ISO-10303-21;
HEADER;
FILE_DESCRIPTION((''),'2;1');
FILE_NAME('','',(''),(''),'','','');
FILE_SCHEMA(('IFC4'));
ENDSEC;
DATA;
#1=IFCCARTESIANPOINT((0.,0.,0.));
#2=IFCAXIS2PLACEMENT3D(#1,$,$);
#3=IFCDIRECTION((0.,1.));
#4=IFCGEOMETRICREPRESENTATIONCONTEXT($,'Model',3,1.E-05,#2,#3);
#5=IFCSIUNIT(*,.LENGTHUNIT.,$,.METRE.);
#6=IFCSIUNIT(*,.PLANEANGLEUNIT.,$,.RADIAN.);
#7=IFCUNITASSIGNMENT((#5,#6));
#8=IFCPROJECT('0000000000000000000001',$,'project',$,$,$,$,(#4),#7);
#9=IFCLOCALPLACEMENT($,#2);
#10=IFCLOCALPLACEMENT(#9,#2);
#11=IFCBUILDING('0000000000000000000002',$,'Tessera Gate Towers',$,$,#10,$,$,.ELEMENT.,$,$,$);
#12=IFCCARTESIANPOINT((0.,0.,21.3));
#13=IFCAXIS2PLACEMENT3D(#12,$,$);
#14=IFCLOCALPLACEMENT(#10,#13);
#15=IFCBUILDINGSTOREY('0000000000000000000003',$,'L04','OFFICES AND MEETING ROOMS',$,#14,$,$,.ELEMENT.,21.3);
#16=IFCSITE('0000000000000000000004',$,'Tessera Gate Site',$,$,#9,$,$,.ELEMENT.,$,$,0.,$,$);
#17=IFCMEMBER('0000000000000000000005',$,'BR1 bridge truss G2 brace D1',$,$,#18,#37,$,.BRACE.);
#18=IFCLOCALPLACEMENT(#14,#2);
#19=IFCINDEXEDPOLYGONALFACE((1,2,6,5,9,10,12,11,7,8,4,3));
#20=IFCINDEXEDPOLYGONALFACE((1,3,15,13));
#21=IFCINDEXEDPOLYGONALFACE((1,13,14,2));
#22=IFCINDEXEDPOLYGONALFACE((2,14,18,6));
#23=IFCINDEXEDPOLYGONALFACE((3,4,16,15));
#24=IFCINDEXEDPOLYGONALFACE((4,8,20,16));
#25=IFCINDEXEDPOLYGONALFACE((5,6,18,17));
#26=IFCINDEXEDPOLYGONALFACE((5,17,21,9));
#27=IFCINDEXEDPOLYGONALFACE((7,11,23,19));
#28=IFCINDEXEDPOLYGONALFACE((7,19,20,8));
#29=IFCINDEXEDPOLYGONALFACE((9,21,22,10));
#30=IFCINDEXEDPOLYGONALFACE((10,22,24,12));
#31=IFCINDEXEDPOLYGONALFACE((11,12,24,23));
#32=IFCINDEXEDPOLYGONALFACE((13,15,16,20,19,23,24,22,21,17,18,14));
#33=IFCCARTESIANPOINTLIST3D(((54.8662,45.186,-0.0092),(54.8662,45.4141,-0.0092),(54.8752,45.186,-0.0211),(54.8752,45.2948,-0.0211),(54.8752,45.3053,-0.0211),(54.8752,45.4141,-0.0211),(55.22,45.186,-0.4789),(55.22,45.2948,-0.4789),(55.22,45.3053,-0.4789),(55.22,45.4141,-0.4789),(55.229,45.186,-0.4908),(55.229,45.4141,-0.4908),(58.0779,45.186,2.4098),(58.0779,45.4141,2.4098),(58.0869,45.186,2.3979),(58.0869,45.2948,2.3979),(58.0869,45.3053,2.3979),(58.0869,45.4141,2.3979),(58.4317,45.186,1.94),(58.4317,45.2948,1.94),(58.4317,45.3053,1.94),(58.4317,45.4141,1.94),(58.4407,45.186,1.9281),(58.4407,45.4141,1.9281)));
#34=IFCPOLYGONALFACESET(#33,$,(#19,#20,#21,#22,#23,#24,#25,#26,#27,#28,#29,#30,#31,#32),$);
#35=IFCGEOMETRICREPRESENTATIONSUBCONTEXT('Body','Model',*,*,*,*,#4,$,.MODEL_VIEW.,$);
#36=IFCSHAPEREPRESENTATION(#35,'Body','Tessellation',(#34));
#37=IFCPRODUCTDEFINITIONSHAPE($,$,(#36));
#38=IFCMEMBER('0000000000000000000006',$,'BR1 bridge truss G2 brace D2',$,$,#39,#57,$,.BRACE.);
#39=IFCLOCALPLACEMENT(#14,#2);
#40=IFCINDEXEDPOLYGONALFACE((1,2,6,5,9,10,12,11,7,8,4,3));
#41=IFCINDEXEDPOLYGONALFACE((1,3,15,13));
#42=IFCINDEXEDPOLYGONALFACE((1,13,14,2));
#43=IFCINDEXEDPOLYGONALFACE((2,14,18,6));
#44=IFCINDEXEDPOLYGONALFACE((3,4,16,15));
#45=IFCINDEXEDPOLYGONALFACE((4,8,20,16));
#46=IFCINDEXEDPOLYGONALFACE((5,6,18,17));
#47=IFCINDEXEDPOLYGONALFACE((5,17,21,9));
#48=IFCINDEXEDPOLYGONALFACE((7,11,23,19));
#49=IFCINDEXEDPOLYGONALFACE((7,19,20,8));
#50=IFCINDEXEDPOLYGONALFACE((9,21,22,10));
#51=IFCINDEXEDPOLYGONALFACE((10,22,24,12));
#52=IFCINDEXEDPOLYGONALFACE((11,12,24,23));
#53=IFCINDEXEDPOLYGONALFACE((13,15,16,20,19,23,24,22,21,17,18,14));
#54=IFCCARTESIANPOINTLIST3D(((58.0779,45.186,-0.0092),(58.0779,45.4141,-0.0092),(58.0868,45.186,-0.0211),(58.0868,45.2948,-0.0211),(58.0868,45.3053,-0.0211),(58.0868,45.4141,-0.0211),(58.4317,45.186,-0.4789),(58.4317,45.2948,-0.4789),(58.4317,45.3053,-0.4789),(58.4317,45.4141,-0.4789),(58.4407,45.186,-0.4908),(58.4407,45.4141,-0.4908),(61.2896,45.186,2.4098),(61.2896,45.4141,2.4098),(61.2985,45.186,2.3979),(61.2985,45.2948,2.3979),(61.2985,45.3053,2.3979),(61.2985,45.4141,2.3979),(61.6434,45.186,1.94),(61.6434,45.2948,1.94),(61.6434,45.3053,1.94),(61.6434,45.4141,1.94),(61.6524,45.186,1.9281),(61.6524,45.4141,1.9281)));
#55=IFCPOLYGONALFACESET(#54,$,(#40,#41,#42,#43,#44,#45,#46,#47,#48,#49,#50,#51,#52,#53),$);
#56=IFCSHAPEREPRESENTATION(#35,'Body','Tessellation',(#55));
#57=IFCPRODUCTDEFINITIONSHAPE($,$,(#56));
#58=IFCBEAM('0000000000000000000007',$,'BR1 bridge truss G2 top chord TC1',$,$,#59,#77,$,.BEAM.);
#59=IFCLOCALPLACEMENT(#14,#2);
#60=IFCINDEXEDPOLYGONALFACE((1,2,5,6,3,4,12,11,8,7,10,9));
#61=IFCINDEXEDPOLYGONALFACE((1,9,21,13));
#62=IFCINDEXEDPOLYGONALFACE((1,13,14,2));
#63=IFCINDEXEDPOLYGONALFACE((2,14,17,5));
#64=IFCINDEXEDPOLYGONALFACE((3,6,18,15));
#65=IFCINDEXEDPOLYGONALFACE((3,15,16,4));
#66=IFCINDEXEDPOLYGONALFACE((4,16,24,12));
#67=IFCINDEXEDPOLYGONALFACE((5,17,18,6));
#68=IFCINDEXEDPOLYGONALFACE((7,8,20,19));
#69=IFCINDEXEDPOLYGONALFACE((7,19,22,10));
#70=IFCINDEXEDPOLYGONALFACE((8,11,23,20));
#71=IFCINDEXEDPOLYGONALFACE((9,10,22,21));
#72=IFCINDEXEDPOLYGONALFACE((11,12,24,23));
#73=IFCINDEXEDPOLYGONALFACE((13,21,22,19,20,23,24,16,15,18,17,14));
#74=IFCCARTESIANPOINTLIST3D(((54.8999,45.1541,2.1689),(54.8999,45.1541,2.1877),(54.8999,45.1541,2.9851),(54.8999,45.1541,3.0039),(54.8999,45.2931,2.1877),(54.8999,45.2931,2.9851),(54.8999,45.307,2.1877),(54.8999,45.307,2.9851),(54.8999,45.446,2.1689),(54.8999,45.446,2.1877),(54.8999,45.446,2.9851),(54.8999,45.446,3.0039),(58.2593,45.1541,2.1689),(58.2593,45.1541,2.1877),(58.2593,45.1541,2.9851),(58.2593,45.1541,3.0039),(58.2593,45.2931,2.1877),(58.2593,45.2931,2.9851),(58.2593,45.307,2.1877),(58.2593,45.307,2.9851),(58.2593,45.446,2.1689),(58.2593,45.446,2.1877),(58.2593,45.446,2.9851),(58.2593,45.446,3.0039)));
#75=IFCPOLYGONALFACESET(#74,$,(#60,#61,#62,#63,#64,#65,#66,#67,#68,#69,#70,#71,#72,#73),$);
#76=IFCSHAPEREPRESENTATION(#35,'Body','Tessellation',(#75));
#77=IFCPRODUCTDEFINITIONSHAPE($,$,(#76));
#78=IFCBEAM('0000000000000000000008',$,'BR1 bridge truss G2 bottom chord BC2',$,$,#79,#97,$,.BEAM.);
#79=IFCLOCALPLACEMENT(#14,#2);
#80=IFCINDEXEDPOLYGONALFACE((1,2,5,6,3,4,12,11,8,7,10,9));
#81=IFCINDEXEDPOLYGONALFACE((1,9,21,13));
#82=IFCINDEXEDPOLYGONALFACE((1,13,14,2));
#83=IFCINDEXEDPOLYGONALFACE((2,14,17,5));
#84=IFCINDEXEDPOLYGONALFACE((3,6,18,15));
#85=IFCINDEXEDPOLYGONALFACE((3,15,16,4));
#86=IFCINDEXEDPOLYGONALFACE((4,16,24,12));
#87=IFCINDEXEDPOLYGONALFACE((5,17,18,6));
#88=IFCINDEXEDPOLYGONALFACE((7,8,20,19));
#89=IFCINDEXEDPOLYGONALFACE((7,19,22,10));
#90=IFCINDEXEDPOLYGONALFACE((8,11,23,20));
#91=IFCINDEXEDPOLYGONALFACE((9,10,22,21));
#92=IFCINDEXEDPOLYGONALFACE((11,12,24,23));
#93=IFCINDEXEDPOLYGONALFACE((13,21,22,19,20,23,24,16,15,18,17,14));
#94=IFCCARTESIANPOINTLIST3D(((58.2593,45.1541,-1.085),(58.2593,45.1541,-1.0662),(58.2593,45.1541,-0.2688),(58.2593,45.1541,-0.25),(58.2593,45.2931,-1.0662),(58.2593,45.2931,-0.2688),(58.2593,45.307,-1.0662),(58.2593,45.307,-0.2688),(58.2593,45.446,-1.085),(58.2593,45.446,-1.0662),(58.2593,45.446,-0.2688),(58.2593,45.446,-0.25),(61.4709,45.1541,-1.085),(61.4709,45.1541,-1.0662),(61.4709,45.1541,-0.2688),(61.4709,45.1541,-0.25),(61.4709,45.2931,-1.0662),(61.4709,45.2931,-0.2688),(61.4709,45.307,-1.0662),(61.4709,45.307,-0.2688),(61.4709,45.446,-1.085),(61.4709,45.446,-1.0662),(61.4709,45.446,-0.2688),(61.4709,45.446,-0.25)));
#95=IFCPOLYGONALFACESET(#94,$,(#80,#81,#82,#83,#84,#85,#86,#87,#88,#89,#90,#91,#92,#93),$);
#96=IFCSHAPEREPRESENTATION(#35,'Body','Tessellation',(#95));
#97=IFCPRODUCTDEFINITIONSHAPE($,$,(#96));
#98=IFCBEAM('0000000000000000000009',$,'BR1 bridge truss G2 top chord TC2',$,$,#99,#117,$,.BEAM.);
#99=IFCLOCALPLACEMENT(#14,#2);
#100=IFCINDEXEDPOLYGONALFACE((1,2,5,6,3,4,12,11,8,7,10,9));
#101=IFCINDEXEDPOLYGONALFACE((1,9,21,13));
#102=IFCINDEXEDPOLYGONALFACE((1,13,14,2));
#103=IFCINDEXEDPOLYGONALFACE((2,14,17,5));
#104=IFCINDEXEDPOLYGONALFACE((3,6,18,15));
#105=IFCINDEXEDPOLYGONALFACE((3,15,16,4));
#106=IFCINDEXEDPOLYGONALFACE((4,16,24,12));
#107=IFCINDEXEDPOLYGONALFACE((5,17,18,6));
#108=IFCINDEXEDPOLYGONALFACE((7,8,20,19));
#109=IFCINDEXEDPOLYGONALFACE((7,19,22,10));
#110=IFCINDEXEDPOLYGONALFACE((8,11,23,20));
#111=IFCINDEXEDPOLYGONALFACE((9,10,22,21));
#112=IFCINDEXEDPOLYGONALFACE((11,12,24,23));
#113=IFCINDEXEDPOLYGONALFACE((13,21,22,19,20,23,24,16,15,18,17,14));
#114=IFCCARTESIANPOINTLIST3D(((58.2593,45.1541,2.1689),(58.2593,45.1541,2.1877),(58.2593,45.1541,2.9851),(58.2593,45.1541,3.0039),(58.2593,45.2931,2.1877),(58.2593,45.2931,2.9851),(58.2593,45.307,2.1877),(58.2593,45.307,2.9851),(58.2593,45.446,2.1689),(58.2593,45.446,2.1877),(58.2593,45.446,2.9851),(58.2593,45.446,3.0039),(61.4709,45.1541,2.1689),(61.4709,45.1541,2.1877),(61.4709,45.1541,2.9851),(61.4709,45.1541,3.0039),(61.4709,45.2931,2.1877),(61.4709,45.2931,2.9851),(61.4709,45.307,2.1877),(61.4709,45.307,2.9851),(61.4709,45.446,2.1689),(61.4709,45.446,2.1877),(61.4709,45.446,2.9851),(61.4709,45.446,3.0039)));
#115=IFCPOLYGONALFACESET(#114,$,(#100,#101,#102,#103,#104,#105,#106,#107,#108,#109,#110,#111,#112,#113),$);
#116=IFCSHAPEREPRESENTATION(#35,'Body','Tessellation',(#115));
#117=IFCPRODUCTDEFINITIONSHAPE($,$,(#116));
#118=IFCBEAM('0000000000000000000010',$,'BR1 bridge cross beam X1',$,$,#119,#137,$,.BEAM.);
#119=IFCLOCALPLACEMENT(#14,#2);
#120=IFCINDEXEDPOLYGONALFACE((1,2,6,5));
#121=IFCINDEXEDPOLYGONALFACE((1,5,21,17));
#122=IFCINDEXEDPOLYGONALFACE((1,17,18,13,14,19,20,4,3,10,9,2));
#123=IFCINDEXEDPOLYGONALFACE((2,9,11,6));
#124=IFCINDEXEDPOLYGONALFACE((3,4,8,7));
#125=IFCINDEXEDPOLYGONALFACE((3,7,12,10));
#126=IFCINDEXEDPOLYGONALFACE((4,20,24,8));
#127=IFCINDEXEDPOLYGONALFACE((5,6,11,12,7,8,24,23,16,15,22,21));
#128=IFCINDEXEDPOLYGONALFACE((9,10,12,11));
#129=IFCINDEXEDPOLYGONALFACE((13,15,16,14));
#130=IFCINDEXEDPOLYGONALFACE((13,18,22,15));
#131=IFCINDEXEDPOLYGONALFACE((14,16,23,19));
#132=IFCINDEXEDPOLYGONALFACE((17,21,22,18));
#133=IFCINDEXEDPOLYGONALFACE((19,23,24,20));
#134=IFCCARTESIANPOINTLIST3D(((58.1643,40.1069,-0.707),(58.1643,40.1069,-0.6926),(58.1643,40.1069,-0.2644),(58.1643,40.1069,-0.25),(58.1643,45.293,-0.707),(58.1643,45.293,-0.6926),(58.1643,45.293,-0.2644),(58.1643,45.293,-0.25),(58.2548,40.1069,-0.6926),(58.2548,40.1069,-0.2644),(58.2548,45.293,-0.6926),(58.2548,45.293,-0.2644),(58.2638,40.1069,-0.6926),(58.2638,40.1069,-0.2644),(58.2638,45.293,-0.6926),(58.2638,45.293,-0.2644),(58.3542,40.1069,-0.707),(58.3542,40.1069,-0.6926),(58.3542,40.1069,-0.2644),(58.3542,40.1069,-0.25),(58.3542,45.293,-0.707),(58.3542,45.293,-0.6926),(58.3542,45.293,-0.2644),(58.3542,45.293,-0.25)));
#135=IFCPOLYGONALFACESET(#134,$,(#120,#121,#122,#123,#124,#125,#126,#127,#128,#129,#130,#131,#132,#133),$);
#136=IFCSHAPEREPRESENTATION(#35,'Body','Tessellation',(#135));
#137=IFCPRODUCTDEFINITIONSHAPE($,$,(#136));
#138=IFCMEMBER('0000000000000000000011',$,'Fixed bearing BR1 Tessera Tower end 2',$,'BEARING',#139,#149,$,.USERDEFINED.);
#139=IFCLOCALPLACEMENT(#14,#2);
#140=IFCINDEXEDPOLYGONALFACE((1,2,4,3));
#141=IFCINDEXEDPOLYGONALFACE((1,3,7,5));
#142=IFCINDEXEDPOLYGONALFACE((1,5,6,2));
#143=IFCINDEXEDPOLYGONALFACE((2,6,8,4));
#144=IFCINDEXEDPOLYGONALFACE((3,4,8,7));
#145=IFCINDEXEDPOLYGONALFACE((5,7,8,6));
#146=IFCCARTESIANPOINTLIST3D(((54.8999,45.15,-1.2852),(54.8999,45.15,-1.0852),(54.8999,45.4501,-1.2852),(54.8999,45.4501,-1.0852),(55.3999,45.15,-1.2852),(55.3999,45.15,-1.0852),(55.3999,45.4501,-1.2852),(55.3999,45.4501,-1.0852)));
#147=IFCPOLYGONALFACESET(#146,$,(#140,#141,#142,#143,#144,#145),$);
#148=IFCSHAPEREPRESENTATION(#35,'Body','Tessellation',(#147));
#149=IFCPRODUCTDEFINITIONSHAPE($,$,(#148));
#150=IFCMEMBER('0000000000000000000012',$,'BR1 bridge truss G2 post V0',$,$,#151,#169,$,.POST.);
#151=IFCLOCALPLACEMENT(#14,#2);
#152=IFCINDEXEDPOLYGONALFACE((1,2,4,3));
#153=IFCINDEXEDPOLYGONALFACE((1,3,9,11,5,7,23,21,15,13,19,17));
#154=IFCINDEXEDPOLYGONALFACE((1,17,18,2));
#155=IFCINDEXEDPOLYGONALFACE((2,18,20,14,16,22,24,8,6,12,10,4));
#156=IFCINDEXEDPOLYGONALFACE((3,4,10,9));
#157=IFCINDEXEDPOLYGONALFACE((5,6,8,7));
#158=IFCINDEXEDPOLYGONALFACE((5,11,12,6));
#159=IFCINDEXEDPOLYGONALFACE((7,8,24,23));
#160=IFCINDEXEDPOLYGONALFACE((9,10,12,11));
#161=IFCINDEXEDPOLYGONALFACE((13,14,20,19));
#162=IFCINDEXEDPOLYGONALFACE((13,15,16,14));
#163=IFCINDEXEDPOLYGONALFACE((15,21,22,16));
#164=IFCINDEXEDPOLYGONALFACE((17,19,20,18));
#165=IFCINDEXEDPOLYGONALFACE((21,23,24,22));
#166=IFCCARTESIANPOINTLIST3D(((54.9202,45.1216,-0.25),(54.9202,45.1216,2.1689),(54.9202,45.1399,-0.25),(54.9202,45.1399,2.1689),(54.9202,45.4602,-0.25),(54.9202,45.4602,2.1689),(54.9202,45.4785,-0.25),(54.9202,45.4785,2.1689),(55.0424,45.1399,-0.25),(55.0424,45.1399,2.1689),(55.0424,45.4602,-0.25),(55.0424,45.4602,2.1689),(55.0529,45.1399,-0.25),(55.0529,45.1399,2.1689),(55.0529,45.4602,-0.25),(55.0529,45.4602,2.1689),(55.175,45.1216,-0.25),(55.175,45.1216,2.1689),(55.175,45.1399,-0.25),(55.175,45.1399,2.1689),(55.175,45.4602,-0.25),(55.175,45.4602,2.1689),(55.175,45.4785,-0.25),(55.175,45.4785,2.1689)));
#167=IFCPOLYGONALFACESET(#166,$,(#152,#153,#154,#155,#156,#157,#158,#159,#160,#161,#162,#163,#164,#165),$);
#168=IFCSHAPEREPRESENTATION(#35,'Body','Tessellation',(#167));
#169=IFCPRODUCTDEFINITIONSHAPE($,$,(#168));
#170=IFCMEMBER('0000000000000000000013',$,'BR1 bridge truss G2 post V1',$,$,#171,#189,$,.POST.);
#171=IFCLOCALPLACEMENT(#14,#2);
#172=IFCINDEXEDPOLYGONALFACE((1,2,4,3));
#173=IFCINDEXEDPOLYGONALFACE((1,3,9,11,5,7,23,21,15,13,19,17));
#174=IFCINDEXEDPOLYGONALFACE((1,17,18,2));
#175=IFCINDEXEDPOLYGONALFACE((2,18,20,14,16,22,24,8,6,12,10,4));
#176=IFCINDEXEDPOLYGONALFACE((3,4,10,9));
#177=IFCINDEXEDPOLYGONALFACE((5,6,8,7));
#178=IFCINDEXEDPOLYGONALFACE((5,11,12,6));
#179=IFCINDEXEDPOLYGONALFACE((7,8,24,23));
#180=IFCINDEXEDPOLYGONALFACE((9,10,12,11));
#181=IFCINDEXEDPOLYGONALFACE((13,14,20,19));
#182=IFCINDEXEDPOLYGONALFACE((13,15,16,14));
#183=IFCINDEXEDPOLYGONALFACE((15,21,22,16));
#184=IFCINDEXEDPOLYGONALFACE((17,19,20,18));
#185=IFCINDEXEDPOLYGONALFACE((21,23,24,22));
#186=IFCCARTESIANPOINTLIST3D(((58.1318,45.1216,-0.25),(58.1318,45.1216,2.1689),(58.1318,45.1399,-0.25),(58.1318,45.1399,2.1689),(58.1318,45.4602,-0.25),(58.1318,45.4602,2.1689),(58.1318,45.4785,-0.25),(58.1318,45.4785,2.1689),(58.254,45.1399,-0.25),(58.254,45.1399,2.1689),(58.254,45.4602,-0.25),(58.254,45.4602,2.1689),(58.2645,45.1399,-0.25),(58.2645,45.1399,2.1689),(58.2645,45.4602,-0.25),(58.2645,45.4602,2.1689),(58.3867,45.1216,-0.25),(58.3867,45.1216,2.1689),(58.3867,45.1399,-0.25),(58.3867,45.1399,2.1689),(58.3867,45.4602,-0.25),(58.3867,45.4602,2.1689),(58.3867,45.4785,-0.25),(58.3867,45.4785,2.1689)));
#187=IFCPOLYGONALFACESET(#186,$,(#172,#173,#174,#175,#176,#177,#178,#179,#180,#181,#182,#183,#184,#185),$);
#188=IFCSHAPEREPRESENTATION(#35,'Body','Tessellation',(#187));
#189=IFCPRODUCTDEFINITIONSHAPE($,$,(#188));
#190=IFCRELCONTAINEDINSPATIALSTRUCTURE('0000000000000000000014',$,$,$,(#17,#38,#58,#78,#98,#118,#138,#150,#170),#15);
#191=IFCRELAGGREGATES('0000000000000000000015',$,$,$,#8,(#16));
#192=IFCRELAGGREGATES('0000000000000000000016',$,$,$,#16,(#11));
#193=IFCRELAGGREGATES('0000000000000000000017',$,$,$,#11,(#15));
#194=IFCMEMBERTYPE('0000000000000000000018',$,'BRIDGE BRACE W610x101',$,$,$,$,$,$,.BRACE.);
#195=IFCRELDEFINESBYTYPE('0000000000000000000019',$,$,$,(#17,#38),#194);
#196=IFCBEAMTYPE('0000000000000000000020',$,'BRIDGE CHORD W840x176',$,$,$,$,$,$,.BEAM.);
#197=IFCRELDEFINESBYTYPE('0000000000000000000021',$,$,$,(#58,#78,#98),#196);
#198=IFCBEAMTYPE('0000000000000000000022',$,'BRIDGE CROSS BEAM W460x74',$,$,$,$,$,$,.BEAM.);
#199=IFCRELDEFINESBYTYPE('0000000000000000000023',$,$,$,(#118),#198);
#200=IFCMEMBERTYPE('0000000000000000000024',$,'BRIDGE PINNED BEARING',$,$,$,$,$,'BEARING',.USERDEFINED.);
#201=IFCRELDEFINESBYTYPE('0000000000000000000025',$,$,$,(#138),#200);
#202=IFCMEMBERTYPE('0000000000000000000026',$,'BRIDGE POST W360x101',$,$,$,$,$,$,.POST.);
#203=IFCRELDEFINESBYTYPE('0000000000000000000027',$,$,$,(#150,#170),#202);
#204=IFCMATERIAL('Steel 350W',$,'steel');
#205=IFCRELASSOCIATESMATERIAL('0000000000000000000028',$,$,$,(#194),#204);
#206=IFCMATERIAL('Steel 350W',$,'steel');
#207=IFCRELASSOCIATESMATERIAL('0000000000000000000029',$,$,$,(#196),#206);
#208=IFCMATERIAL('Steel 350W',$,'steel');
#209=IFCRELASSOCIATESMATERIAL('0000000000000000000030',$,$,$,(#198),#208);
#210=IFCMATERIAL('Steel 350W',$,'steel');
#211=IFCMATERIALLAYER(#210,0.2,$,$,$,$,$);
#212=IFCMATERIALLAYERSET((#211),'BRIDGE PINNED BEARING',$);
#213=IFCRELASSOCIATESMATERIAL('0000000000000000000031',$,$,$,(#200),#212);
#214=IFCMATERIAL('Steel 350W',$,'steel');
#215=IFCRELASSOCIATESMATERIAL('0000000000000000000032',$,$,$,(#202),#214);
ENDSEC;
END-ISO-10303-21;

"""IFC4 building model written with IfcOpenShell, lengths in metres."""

from ifc_helpers import new_model, si_unit, direction, frame, origin, origin_2d, place, context, subcontext, project, spatial, rectangle, i_section, extrude, material, layer, layer_set, material_profile, profile_set, type_object, element, save


model = new_model("IFC4")

# Units and contexts
model_context = context("Model", 3, precision=1e-05, world=origin(), true_north=direction((0.0, 1.0)))
body_context = subcontext(model_context, "Body", "Model", "MODEL_VIEW")
ifc_project = project(units=[si_unit("LENGTHUNIT", "METRE"), si_unit("PLANEANGLEUNIT", "RADIAN")], contexts=[model_context])

# Site, building, storey
site_placement = place(None, origin())
site = spatial("IfcSite", under=ifc_project, at=site_placement, Name="Tessera Gate Site", CompositionType="ELEMENT", RefElevation=0.0)
building_placement = place(site_placement, origin())
building = spatial("IfcBuilding", under=site, at=building_placement, Name="Tessera Gate Towers", CompositionType="ELEMENT")
storey_placement = place(building_placement, frame((0.0, 0.0, 21.3)))
storey = spatial("IfcBuildingStorey", under=building, at=storey_placement, Name="L04", Description="OFFICES AND MEETING ROOMS", CompositionType="ELEMENT", Elevation=21.3)

# Members
ifc_material_1 = material(Name="Steel 350W", Category="steel")
ifc_material_profile_1 = material_profile(ifc_material_1, i_section(OverallWidth=0.228, OverallDepth=0.603, WebThickness=0.0105, FlangeThickness=0.0149, at=origin_2d()), Name="W610x101")
ifc_profile_set_1 = profile_set([ifc_material_profile_1], Name="Steel 350W")
member_type_1 = type_object("IfcMemberType", Name="BRIDGE BRACE W610x101", PredefinedType="BRACE", material=ifc_profile_set_1)
for number, where, z_axis, x_axis, name in (
    (1, (55.0476, 45.3, -0.25), (0.798782, 0.0, 0.601621), (0.0, 1.0, 0.0), "BR1 bridge truss G2 brace D1"),
    (2, (58.2593, 45.3, -0.25), (0.798782, 0.0, 0.601621), (0.0, 1.0, 0.0), "BR1 bridge truss G2 brace D2"),
):
    element("IfcMember", number, at=place(storey_placement, frame(where, z_axis=z_axis, x_axis=x_axis)), inside=storey, type_object=member_type_1, Name=name, PredefinedType="BRACE", context=body_context, shape_type="SweptSolid", body=[
        extrude(i_section(OverallWidth=0.228, OverallDepth=0.603, WebThickness=0.0105, FlangeThickness=0.0149, at=origin_2d()), origin(), (0.0, 0.0, 1.0), 4.0208),
    ])

# Beams
ifc_material_2 = material(Name="Steel 350W", Category="steel")
ifc_material_profile_2 = material_profile(ifc_material_2, i_section(OverallWidth=0.292, OverallDepth=0.835, WebThickness=0.0139, FlangeThickness=0.0188, at=origin_2d()), Name="W840x176")
ifc_profile_set_2 = profile_set([ifc_material_profile_2], Name="Steel 350W")
beam_type_1 = type_object("IfcBeamType", Name="BRIDGE CHORD W840x176", PredefinedType="BEAM", material=ifc_profile_set_2)
beam_1_placement = place(storey_placement, frame((54.8999, 45.3, 2.5864), z_axis=(1.0, 0.0, 0.0), x_axis=(0.0, 1.0, 0.0)))
element("IfcBeam", 3, at=beam_1_placement, inside=storey, type_object=beam_type_1, Name="BR1 bridge truss G2 top chord TC1", PredefinedType="BEAM", context=body_context, shape_type="SweptSolid", body=[
    extrude(i_section(OverallWidth=0.292, OverallDepth=0.835, WebThickness=0.0139, FlangeThickness=0.0188, at=origin_2d()), origin(), (0.0, 0.0, 1.0), 3.3594),
])
for number, where, z_axis, x_axis, name in (
    (4, (58.2593, 45.3, -0.6675), (1.0, 0.0, 0.0), (0.0, 1.0, 0.0), "BR1 bridge truss G2 bottom chord BC2"),
    (5, (58.2593, 45.3, 2.5864), (1.0, 0.0, 0.0), (0.0, 1.0, 0.0), "BR1 bridge truss G2 top chord TC2"),
):
    element("IfcBeam", number, at=place(storey_placement, frame(where, z_axis=z_axis, x_axis=x_axis)), inside=storey, type_object=beam_type_1, Name=name, PredefinedType="BEAM", context=body_context, shape_type="SweptSolid", body=[
        extrude(i_section(OverallWidth=0.292, OverallDepth=0.835, WebThickness=0.0139, FlangeThickness=0.0188, at=origin_2d()), origin(), (0.0, 0.0, 1.0), 3.2117),
    ])
ifc_material_3 = material(Name="Steel 350W", Category="steel")
ifc_material_profile_3 = material_profile(ifc_material_3, i_section(OverallWidth=0.1899, OverallDepth=0.457, WebThickness=0.009, FlangeThickness=0.0144, at=origin_2d()), Name="W460x74")
ifc_profile_set_3 = profile_set([ifc_material_profile_3], Name="Steel 350W")
beam_type_2 = type_object("IfcBeamType", Name="BRIDGE CROSS BEAM W460x74", PredefinedType="BEAM", material=ifc_profile_set_3)
beam_2_placement = place(storey_placement, frame((58.2593, 40.1069, -0.4785), z_axis=(0.0, 1.0, 0.0), x_axis=(-1.0, 0.0, 0.0)))
element("IfcBeam", 6, at=beam_2_placement, inside=storey, type_object=beam_type_2, Name="BR1 bridge cross beam X1", PredefinedType="BEAM", context=body_context, shape_type="SweptSolid", body=[
    extrude(i_section(OverallWidth=0.1899, OverallDepth=0.457, WebThickness=0.009, FlangeThickness=0.0144, at=origin_2d()), origin(), (0.0, 0.0, 1.0), 5.186),
])

# Members
ifc_material_4 = material(Name="Steel 350W", Category="steel")
ifc_layer = layer(ifc_material_4, 0.2)
ifc_layer_set = layer_set([ifc_layer], Name="BRIDGE PINNED BEARING")
member_type_2 = type_object("IfcMemberType", Name="BRIDGE PINNED BEARING", ElementType="BEARING", PredefinedType="USERDEFINED", material=ifc_layer_set)
member_1_placement = place(storey_placement, frame((55.1499, 45.3, -1.2852), z_axis=(0.0, 0.0, 1.0), x_axis=(1.0, 0.0, 0.0)))
element("IfcMember", 7, at=member_1_placement, inside=storey, type_object=member_type_2, Name="Fixed bearing BR1 Tessera Tower end 2", ObjectType="BEARING", PredefinedType="USERDEFINED", context=body_context, shape_type="SweptSolid", body=[
    extrude(rectangle(XDim=0.5, YDim=0.3, at=origin_2d()), origin(), (0.0, 0.0, 1.0), 0.2),
])
ifc_material_5 = material(Name="Steel 350W", Category="steel")
ifc_material_profile_4 = material_profile(ifc_material_5, i_section(OverallWidth=0.2549, OverallDepth=0.3569, WebThickness=0.0105, FlangeThickness=0.0183, at=origin_2d()), Name="W360x101")
ifc_profile_set_4 = profile_set([ifc_material_profile_4], Name="Steel 350W")
member_type_3 = type_object("IfcMemberType", Name="BRIDGE POST W360x101", PredefinedType="POST", material=ifc_profile_set_4)
for number, where, z_axis, x_axis, name in (
    (8, (55.0476, 45.3, -0.25), (0.0, 0.0, 1.0), (1.0, 0.0, 0.0), "BR1 bridge truss G2 post V0"),
    (9, (58.2593, 45.3, -0.25), (0.0, 0.0, 1.0), (1.0, 0.0, 0.0), "BR1 bridge truss G2 post V1"),
):
    element("IfcMember", number, at=place(storey_placement, frame(where, z_axis=z_axis, x_axis=x_axis)), inside=storey, type_object=member_type_3, Name=name, PredefinedType="POST", context=body_context, shape_type="SweptSolid", body=[
        extrude(i_section(OverallWidth=0.2549, OverallDepth=0.3569, WebThickness=0.0105, FlangeThickness=0.0183, at=origin_2d()), origin(), (0.0, 0.0, 1.0), 2.4189),
    ])

save(model, "model.ifc")
